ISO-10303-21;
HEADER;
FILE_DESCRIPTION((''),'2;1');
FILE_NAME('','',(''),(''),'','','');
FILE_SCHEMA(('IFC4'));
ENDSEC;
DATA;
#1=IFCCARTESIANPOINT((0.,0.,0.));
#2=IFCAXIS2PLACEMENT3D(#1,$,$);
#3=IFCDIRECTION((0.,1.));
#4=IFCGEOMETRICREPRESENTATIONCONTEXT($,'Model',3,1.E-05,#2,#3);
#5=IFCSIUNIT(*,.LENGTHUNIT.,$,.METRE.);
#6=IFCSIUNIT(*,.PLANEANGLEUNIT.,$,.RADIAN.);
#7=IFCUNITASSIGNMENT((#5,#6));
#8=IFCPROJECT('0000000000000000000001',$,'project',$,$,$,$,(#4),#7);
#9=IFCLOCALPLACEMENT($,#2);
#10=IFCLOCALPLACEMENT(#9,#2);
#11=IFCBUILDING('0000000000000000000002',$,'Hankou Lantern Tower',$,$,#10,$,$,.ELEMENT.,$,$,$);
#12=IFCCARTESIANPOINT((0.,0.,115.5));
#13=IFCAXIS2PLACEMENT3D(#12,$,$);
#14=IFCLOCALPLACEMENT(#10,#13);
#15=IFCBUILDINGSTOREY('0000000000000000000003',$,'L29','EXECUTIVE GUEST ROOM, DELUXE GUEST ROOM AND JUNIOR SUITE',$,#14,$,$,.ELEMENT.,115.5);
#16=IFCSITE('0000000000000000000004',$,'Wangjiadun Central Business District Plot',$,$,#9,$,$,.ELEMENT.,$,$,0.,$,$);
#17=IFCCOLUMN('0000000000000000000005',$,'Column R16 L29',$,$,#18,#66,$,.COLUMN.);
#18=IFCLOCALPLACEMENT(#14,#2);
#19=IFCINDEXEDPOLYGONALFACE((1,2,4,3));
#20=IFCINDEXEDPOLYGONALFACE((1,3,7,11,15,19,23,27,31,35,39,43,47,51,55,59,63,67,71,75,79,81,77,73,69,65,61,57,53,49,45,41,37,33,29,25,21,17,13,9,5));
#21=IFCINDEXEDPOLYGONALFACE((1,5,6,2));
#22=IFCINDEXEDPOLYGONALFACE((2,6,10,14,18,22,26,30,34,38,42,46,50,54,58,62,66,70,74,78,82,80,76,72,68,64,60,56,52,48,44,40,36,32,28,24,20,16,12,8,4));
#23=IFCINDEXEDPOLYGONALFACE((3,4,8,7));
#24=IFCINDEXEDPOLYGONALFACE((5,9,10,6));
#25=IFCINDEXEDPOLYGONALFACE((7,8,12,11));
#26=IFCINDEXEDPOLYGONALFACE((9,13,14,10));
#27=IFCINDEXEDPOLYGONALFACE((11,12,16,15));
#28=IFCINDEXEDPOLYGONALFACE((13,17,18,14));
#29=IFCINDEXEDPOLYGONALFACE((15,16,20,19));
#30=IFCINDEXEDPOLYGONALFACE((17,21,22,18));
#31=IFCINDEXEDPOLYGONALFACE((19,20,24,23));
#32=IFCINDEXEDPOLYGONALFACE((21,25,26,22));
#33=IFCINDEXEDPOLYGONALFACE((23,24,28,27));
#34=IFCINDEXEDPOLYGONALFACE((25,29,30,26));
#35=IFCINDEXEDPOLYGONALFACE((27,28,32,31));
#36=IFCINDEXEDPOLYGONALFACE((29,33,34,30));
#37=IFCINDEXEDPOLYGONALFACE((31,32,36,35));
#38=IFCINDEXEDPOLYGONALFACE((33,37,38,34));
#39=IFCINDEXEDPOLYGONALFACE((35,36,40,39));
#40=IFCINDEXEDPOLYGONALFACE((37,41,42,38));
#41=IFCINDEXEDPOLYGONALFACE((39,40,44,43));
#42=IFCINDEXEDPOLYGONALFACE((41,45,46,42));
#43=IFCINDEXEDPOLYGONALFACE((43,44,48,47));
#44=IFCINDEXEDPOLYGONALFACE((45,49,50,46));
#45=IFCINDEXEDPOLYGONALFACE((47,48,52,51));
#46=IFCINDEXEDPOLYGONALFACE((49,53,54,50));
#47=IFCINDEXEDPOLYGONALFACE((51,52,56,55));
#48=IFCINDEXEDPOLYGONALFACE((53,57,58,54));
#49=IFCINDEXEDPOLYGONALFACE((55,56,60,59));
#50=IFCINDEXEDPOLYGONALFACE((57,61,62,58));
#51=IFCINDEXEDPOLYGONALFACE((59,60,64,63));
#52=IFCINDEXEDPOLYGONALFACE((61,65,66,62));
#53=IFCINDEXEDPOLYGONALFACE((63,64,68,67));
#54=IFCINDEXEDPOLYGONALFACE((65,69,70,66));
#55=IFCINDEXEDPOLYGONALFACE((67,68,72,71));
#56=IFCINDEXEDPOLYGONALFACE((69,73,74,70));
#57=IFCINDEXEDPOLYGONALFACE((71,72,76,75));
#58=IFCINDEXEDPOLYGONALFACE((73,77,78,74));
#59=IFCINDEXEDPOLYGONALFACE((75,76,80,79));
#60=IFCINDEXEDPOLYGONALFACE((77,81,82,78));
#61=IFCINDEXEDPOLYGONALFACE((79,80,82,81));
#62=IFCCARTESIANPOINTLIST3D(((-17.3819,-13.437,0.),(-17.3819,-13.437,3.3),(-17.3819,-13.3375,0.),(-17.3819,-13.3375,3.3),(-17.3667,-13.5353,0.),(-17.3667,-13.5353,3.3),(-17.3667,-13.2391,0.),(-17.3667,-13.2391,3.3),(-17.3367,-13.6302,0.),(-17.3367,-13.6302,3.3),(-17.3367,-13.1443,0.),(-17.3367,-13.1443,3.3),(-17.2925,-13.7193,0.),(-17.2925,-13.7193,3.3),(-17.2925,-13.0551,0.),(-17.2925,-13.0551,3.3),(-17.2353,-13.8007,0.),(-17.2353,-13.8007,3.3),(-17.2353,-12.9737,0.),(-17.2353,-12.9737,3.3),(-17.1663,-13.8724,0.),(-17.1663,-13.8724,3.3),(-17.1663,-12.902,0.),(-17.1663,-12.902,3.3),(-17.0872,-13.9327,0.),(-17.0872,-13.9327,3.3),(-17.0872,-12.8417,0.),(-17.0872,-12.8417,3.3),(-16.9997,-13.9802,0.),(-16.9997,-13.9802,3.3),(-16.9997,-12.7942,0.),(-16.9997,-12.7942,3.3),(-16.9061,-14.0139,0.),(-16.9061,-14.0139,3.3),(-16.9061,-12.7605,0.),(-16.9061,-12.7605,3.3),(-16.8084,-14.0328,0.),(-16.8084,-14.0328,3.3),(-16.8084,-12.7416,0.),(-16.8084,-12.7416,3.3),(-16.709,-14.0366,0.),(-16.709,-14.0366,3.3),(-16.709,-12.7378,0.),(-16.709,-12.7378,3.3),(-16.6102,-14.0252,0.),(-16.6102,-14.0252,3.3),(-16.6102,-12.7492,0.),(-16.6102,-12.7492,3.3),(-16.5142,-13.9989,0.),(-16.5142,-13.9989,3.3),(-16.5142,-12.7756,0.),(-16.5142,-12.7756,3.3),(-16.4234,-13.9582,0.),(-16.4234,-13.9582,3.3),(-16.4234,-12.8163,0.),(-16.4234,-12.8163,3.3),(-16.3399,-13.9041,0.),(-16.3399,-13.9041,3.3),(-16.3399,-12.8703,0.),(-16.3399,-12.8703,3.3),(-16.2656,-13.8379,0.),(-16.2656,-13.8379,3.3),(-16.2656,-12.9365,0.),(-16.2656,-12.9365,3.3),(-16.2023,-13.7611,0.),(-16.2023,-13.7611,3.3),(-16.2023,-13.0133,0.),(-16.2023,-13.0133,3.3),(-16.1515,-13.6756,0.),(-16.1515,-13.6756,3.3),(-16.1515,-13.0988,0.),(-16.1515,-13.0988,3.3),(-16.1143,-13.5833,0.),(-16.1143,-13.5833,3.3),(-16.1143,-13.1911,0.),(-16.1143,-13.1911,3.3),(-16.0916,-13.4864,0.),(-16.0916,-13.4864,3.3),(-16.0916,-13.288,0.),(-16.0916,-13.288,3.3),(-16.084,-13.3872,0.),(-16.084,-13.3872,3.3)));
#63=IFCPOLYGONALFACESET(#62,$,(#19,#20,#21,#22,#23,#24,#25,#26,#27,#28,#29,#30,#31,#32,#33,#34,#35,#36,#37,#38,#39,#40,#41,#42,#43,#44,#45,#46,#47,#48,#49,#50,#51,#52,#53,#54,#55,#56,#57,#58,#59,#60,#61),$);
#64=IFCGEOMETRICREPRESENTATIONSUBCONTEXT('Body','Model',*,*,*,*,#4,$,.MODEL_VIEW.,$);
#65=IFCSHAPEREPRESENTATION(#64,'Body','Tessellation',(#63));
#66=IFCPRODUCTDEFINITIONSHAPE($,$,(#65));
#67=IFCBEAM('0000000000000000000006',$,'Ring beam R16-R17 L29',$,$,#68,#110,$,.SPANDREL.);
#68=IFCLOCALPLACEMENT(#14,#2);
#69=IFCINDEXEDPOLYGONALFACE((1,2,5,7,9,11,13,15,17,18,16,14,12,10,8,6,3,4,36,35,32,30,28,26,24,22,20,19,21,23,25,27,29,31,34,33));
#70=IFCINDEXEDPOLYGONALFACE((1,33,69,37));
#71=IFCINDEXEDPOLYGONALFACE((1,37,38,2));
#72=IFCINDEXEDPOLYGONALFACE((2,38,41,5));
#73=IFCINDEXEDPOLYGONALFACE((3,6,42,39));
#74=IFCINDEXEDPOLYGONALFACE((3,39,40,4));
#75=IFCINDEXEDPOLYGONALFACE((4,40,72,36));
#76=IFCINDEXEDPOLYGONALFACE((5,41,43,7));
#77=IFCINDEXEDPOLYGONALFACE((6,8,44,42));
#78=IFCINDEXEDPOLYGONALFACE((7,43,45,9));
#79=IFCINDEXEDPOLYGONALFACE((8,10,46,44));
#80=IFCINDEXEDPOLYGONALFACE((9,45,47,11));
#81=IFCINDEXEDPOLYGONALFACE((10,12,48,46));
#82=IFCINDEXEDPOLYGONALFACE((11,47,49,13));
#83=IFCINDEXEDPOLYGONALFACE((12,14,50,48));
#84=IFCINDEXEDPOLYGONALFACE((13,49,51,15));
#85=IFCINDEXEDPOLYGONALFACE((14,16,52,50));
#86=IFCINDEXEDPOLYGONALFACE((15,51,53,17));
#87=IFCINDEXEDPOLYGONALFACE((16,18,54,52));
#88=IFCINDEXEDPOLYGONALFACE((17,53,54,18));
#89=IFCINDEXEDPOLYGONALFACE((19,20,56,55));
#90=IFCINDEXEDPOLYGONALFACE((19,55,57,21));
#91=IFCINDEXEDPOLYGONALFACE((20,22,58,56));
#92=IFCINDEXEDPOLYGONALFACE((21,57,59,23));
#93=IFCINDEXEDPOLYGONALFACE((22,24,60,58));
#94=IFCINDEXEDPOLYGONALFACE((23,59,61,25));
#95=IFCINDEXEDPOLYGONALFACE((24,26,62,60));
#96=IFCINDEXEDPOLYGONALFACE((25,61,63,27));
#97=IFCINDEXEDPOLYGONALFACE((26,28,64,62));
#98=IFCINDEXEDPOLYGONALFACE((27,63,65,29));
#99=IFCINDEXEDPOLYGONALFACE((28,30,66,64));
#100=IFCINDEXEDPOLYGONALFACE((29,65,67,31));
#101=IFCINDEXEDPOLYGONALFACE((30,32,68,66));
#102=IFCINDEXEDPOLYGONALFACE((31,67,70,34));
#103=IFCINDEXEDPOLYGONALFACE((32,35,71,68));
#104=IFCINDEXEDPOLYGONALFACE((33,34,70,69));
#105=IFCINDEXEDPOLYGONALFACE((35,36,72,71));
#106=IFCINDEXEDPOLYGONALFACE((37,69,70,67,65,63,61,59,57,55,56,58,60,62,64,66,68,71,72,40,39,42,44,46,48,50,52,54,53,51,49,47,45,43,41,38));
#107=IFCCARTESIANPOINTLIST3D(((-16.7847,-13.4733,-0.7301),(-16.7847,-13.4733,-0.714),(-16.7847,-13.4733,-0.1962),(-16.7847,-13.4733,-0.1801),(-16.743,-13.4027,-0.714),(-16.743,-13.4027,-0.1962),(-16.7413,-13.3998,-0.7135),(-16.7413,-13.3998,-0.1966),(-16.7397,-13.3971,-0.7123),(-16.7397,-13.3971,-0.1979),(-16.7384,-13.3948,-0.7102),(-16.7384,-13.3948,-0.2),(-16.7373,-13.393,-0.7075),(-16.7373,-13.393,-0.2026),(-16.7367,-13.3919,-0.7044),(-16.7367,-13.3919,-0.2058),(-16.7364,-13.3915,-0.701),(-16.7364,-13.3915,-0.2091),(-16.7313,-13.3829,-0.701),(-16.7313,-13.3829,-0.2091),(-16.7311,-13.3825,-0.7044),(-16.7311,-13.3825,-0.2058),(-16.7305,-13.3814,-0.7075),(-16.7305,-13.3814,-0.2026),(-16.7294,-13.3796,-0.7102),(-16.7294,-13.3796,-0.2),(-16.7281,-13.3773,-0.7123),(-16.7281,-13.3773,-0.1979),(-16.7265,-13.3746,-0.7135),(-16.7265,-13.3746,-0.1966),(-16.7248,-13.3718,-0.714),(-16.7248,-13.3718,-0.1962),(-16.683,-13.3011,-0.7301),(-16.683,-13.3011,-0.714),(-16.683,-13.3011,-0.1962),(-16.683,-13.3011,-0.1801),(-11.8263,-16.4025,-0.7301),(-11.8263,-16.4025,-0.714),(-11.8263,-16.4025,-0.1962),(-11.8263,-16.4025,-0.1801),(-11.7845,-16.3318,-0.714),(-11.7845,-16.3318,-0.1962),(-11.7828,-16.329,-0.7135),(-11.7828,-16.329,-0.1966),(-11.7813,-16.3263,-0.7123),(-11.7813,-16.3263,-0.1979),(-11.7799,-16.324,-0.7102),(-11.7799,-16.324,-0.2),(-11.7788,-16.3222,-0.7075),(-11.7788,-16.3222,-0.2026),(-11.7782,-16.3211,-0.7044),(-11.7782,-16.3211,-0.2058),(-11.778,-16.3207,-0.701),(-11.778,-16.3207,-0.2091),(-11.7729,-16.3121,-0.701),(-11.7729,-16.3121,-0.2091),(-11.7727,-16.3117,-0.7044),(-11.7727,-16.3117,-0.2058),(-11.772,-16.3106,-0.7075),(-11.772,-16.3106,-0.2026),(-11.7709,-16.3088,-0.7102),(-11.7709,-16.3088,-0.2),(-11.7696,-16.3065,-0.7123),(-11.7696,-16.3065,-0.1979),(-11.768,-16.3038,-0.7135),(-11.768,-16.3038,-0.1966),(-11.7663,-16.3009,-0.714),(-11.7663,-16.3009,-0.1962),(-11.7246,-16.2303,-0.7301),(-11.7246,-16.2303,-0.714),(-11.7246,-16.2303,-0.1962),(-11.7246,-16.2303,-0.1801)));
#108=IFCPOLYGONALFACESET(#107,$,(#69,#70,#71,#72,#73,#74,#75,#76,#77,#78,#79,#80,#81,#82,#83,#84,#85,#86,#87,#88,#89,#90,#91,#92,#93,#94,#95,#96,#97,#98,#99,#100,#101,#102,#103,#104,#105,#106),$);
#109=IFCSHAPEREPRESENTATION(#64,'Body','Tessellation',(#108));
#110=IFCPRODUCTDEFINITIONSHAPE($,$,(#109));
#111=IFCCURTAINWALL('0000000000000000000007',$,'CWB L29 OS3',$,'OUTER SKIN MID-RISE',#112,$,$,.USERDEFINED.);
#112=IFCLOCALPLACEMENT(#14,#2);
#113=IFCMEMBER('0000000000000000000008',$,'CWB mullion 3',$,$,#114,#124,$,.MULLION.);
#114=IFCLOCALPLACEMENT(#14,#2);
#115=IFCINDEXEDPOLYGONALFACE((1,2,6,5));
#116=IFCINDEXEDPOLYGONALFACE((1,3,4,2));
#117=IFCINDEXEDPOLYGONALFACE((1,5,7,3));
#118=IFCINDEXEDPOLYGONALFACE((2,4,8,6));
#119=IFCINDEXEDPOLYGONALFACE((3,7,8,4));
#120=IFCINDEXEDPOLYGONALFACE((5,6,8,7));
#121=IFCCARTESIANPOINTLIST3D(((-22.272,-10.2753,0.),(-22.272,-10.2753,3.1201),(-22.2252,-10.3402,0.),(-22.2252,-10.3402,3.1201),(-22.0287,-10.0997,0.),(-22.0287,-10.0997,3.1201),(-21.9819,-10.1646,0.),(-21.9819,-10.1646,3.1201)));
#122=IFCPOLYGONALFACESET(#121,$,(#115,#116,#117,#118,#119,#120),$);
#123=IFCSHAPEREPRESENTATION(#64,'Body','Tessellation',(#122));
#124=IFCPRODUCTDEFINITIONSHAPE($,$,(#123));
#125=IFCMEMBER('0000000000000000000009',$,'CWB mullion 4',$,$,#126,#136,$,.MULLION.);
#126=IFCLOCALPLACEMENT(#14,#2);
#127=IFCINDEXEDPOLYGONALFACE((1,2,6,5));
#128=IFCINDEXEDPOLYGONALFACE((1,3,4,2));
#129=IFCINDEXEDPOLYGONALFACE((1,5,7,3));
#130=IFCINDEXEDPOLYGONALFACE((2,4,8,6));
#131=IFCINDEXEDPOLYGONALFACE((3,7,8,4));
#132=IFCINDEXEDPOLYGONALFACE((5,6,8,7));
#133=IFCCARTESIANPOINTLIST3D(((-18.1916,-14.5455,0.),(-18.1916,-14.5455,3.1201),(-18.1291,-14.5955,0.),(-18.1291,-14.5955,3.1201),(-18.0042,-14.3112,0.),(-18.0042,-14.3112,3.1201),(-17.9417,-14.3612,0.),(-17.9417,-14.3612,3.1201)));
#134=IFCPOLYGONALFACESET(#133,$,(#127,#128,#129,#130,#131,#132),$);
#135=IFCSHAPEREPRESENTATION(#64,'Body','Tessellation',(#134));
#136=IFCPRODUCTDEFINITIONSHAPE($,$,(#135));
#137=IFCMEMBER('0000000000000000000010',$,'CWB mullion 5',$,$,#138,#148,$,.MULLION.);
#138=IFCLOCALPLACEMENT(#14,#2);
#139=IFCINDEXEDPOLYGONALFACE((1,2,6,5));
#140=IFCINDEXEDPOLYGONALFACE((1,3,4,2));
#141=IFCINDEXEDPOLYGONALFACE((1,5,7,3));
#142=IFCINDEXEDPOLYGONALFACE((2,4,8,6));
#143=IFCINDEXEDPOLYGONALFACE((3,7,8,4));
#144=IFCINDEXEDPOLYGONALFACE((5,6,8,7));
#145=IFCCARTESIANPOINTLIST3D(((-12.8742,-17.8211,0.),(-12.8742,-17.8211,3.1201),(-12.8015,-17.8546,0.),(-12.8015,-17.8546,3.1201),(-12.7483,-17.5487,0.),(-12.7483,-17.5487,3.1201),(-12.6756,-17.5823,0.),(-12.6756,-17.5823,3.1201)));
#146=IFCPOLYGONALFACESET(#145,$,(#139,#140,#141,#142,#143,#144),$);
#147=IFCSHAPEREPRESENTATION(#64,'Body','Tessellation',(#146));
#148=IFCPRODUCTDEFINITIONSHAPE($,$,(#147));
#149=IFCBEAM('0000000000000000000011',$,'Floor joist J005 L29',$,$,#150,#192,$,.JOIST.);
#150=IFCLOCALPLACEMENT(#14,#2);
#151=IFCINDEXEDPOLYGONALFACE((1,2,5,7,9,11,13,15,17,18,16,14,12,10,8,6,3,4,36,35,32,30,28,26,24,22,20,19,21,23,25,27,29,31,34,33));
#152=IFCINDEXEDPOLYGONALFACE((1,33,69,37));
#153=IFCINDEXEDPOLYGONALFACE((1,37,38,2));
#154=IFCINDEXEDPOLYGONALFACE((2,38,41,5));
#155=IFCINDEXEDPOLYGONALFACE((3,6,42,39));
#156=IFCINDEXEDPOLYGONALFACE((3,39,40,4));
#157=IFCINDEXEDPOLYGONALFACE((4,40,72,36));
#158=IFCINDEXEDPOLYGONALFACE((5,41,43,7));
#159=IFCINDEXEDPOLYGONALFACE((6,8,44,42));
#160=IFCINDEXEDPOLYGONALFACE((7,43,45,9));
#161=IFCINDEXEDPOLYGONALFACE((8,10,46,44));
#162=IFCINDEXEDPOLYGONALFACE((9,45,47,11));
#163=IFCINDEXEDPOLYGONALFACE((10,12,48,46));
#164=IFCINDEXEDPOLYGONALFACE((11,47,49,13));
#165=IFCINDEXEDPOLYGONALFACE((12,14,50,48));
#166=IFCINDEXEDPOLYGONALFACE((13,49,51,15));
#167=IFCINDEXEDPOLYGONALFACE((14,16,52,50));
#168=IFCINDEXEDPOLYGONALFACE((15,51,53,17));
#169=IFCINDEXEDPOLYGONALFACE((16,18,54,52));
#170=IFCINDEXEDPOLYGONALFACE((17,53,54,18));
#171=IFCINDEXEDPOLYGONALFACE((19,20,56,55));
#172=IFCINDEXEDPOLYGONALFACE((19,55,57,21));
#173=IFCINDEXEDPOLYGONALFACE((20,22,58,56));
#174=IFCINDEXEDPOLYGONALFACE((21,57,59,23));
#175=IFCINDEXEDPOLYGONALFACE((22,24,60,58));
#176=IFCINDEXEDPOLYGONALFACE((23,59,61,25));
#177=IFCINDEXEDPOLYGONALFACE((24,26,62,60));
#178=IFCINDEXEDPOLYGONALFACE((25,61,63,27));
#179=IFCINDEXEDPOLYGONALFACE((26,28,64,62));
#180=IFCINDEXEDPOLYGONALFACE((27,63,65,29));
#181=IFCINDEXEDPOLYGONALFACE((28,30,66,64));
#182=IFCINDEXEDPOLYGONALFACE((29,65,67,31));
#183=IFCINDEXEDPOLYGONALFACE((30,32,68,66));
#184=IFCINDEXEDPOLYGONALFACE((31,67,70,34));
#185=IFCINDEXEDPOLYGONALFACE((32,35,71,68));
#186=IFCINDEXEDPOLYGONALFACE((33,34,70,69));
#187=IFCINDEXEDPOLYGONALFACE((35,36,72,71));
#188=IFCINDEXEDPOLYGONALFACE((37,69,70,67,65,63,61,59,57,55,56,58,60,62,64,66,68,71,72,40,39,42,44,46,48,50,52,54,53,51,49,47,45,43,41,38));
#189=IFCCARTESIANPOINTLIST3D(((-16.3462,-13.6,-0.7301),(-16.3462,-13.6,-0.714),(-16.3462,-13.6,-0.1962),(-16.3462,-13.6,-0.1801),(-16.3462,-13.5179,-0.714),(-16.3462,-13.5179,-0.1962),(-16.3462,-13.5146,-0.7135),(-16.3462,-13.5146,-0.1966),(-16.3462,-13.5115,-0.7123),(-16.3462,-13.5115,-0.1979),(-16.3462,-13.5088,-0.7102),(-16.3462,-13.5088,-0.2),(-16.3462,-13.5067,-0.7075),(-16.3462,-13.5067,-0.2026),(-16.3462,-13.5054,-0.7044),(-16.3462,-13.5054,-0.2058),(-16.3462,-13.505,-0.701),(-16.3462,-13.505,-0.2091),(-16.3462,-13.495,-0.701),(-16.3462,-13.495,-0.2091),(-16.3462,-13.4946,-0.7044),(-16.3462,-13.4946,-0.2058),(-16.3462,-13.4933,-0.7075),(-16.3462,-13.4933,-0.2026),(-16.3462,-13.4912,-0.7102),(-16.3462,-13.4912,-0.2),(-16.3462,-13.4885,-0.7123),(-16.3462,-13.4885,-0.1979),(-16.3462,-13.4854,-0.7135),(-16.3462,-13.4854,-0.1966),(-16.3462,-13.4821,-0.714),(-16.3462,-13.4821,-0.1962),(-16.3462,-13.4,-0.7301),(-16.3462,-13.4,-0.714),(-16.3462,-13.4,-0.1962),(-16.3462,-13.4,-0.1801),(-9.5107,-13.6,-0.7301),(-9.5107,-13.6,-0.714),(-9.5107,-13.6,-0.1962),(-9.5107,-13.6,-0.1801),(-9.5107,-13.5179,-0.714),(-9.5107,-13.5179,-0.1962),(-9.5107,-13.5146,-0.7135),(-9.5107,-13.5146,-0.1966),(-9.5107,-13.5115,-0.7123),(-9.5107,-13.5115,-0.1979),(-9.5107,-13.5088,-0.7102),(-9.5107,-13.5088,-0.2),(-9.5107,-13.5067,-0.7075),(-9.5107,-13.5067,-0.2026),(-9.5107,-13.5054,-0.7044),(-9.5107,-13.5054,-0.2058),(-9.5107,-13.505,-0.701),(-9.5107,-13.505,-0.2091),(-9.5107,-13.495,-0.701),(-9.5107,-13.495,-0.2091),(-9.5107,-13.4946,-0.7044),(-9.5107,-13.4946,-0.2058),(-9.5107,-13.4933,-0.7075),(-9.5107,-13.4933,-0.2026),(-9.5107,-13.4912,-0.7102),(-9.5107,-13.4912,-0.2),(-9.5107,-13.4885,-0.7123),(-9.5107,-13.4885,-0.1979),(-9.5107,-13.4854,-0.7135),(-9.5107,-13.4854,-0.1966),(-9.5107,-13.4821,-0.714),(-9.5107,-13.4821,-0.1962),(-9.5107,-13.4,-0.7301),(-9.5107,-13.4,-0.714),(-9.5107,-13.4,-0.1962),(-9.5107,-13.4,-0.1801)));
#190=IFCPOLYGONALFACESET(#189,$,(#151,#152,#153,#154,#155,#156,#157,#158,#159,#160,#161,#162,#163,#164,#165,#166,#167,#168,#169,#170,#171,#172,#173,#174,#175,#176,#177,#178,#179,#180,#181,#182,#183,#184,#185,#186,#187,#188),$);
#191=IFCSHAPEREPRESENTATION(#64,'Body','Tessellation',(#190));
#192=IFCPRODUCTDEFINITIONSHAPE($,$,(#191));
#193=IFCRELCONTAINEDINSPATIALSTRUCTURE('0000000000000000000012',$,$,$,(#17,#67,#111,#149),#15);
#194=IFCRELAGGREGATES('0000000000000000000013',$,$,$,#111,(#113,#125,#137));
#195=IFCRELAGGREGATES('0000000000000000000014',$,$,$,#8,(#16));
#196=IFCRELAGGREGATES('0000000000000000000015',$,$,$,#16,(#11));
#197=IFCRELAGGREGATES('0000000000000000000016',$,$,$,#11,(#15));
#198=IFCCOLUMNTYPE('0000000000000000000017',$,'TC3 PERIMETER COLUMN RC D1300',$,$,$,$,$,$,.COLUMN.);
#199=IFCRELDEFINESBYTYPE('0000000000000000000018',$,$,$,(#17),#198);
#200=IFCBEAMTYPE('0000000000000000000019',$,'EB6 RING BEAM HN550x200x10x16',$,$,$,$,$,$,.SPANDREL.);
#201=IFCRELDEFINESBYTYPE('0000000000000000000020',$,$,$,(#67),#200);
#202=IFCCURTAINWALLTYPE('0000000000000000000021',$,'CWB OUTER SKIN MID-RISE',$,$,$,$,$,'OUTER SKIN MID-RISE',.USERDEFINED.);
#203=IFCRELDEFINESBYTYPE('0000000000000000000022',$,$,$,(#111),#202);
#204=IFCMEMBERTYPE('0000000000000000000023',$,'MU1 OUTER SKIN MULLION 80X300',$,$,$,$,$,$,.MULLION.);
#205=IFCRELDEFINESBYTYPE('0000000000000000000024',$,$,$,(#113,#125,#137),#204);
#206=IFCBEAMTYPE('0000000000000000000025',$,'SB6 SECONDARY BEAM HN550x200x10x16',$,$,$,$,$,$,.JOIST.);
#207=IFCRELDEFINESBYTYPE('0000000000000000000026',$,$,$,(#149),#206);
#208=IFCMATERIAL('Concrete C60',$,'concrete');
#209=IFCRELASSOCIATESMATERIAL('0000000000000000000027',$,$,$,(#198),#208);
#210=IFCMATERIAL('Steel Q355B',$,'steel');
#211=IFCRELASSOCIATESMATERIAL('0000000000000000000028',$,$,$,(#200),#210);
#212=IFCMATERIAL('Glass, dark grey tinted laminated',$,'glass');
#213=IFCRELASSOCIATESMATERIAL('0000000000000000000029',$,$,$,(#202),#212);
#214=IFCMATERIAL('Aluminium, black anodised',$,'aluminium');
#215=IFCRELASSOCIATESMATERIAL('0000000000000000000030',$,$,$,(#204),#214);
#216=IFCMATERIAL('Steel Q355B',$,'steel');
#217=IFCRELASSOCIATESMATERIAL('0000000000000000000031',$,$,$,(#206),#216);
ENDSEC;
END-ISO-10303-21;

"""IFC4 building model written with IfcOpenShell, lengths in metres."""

from ifc_helpers import new_model, si_unit, direction, frame, origin, origin_2d, place, context, subcontext, project, spatial, rectangle, circle, i_section, extrude, material, material_profile, profile_set, type_object, element, aggregate, save


model = new_model("IFC4")

# Units and contexts
model_context = context("Model", 3, precision=1e-05, world=origin(), true_north=direction((0.0, 1.0)))
body_context = subcontext(model_context, "Body", "Model", "MODEL_VIEW")
ifc_project = project(units=[si_unit("LENGTHUNIT", "METRE"), si_unit("PLANEANGLEUNIT", "RADIAN")], contexts=[model_context])

# Site, building, storey
site_placement = place(None, origin())
site = spatial("IfcSite", under=ifc_project, at=site_placement, Name="Wangjiadun Central Business District Plot", CompositionType="ELEMENT", RefElevation=0.0)
building_placement = place(site_placement, origin())
building = spatial("IfcBuilding", under=site, at=building_placement, Name="Hankou Lantern Tower", CompositionType="ELEMENT")
storey_placement = place(building_placement, frame((0.0, 0.0, 115.5)))
storey = spatial("IfcBuildingStorey", under=building, at=storey_placement, Name="L29", Description="EXECUTIVE GUEST ROOM, DELUXE GUEST ROOM AND JUNIOR SUITE", CompositionType="ELEMENT", Elevation=115.5)

# Column
ifc_material_1 = material(Name="Concrete C60", Category="concrete")
ifc_material_profile_1 = material_profile(ifc_material_1, circle(Radius=0.6499, at=origin_2d()), Name="RC D1300")
ifc_profile_set_1 = profile_set([ifc_material_profile_1], Name="Concrete C60")
column_type = type_object("IfcColumnType", Name="TC3 PERIMETER COLUMN RC D1300", PredefinedType="COLUMN", material=ifc_profile_set_1)
column_placement = place(storey_placement, frame((-16.7339, -13.3872, 0.0), z_axis=(0.0, 0.0, 1.0), x_axis=(1.0, 0.0, 0.0)))
element("IfcColumn", 1, at=column_placement, inside=storey, type_object=column_type, Name="Column R16 L29", PredefinedType="COLUMN", context=body_context, shape_type="SweptSolid", body=[
    extrude(circle(Radius=0.6499, at=origin_2d()), origin(), (0.0, 0.0, 1.0), 3.3),
])

# Beam
ifc_material_2 = material(Name="Steel Q355B", Category="steel")
ifc_material_profile_2 = material_profile(ifc_material_2, i_section(OverallWidth=0.2, OverallDepth=0.55, WebThickness=0.01, FlangeThickness=0.0161, FilletRadius=0.0129, at=origin_2d()), Name="HN550x200x10x16")
ifc_profile_set_2 = profile_set([ifc_material_profile_2], Name="Steel Q355B")
beam_type_1 = type_object("IfcBeamType", Name="EB6 RING BEAM HN550x200x10x16", PredefinedType="SPANDREL", material=ifc_profile_set_2)
beam_1_placement = place(storey_placement, frame((-16.7339, -13.3872, -0.4551), z_axis=(0.860989, -0.508624, 0.0), x_axis=(0.508624, 0.860989, 0.0)))
element("IfcBeam", 2, at=beam_1_placement, inside=storey, type_object=beam_type_1, Name="Ring beam R16-R17 L29", PredefinedType="SPANDREL", context=body_context, shape_type="SweptSolid", body=[
    extrude(i_section(OverallWidth=0.2, OverallDepth=0.55, WebThickness=0.01, FlangeThickness=0.0161, FilletRadius=0.0129, at=origin_2d()), origin(), (0.0, 0.0, 1.0), 5.759),
])

# Curtain wall, members
ifc_material_3 = material(Name="Glass, dark grey tinted laminated", Category="glass")
curtain_wall_type = type_object("IfcCurtainWallType", Name="CWB OUTER SKIN MID-RISE", ElementType="OUTER SKIN MID-RISE", PredefinedType="USERDEFINED", material=ifc_material_3)
curtain_wall_placement = place(storey_placement, origin())
curtain_wall = element("IfcCurtainWall", 3, at=curtain_wall_placement, inside=storey, type_object=curtain_wall_type, Name="CWB L29 OS3", ObjectType="OUTER SKIN MID-RISE", PredefinedType="USERDEFINED")
ifc_material_4 = material(Name="Aluminium, black anodised", Category="aluminium")
ifc_material_profile_3 = material_profile(ifc_material_4, rectangle(XDim=0.0801, YDim=0.3, at=origin_2d()), Name="MU1 80X300")
ifc_profile_set_3 = profile_set([ifc_material_profile_3], Name="Aluminium, black anodised")
member_type_1 = type_object("IfcMemberType", Name="MU1 OUTER SKIN MULLION 80X300", PredefinedType="MULLION", material=ifc_profile_set_3)
member_1_placement = place(storey_placement, frame((-22.127, -10.22, 0.0), z_axis=(0.0, 0.0, 1.0), x_axis=(0.585206, -0.810885, 0.0)))
member_1 = element("IfcMember", 4, at=member_1_placement, type_object=member_type_1, Name="CWB mullion 3", PredefinedType="MULLION", context=body_context, shape_type="SweptSolid", body=[
    extrude(rectangle(XDim=0.0801, YDim=0.3, at=origin_2d()), origin(), (0.0, 0.0, 1.0), 3.1201),
])
member_2_placement = place(storey_placement, frame((-18.0667, -14.4534, 0.0), z_axis=(0.0, 0.0, 1.0), x_axis=(0.780869, -0.624695, 0.0)))
member_2 = element("IfcMember", 5, at=member_2_placement, type_object=member_type_1, Name="CWB mullion 4", PredefinedType="MULLION", context=body_context, shape_type="SweptSolid", body=[
    extrude(rectangle(XDim=0.0801, YDim=0.3, at=origin_2d()), origin(), (0.0, 0.0, 1.0), 3.1201),
])
member_3_placement = place(storey_placement, frame((-12.7749, -17.7017, 0.0), z_axis=(0.0, 0.0, 1.0), x_axis=(0.907841, -0.419314, 0.0)))
member_3 = element("IfcMember", 6, at=member_3_placement, type_object=member_type_1, Name="CWB mullion 5", PredefinedType="MULLION", context=body_context, shape_type="SweptSolid", body=[
    extrude(rectangle(XDim=0.0801, YDim=0.3, at=origin_2d()), origin(), (0.0, 0.0, 1.0), 3.1201),
])

# Beam
ifc_material_5 = material(Name="Steel Q355B", Category="steel")
ifc_material_profile_4 = material_profile(ifc_material_5, i_section(OverallWidth=0.2, OverallDepth=0.55, WebThickness=0.01, FlangeThickness=0.0161, FilletRadius=0.0129, at=origin_2d()), Name="HN550x200x10x16")
ifc_profile_set_4 = profile_set([ifc_material_profile_4], Name="Steel Q355B")
beam_type_2 = type_object("IfcBeamType", Name="SB6 SECONDARY BEAM HN550x200x10x16", PredefinedType="JOIST", material=ifc_profile_set_4)
beam_2_placement = place(storey_placement, frame((-16.3462, -13.5, -0.4551), z_axis=(1.0, 0.0, 0.0), x_axis=(0.0, 1.0, 0.0)))
element("IfcBeam", 7, at=beam_2_placement, inside=storey, type_object=beam_type_2, Name="Floor joist J005 L29", PredefinedType="JOIST", context=body_context, shape_type="SweptSolid", body=[
    extrude(i_section(OverallWidth=0.2, OverallDepth=0.55, WebThickness=0.01, FlangeThickness=0.0161, FilletRadius=0.0129, at=origin_2d()), origin(), (0.0, 0.0, 1.0), 6.8354),
])

aggregate(curtain_wall, [member_1, member_2, member_3])

save(model, "model.ifc")
